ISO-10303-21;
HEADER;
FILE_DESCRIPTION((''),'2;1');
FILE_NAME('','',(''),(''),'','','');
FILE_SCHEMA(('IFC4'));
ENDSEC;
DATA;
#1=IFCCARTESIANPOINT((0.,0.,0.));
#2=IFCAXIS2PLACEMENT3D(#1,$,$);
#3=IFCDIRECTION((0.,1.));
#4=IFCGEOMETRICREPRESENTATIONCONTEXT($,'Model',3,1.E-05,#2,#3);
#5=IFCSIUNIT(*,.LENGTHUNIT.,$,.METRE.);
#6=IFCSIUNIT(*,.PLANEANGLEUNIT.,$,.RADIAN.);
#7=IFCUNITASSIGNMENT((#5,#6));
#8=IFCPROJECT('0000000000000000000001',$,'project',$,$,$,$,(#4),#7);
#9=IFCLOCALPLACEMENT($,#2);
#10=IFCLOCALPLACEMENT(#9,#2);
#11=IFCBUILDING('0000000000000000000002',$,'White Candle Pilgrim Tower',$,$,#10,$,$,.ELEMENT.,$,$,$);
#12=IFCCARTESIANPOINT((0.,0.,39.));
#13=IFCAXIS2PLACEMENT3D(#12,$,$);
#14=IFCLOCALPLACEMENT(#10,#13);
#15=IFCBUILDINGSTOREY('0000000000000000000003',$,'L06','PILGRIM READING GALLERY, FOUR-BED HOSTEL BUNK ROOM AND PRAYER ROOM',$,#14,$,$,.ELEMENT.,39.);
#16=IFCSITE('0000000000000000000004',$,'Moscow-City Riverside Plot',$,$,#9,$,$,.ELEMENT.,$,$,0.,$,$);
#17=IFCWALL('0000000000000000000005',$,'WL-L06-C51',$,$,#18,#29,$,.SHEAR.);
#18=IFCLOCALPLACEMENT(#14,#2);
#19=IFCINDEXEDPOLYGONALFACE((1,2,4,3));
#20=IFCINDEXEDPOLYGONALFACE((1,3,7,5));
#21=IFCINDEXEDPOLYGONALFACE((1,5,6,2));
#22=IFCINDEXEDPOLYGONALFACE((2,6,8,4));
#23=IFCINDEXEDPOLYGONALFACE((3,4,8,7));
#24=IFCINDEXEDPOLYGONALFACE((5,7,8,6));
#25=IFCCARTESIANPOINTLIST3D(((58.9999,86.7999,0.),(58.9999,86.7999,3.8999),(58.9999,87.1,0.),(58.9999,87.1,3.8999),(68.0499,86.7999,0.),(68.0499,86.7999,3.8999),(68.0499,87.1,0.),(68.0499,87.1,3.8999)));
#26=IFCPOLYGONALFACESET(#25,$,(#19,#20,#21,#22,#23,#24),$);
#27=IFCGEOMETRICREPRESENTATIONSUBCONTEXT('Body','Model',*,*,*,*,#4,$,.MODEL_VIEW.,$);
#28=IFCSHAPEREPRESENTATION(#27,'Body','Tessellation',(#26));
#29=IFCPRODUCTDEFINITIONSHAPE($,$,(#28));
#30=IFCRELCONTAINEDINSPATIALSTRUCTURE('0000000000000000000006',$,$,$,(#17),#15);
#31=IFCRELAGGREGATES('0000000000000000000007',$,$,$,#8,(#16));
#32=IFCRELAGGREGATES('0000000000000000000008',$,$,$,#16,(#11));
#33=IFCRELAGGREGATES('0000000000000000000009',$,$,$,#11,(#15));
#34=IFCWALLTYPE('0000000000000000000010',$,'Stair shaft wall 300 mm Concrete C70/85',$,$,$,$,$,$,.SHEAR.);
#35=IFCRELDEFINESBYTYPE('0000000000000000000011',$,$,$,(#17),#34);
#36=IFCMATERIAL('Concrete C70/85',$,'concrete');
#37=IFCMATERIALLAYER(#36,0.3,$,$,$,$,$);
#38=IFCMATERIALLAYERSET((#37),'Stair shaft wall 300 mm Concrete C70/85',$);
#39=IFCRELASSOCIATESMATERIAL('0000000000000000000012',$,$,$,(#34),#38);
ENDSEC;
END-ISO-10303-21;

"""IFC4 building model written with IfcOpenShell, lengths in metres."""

from ifc_helpers import new_model, si_unit, direction, frame, frame_2d, origin, place, context, subcontext, project, spatial, rectangle, extrude, material, layer, layer_set, type_object, element, save


model = new_model("IFC4")

# Units and contexts
model_context = context("Model", 3, precision=1e-05, world=origin(), true_north=direction((0.0, 1.0)))
body_context = subcontext(model_context, "Body", "Model", "MODEL_VIEW")
ifc_project = project(units=[si_unit("LENGTHUNIT", "METRE"), si_unit("PLANEANGLEUNIT", "RADIAN")], contexts=[model_context])

# Site, building, storey
site_placement = place(None, origin())
site = spatial("IfcSite", under=ifc_project, at=site_placement, Name="Moscow-City Riverside Plot", CompositionType="ELEMENT", RefElevation=0.0)
building_placement = place(site_placement, origin())
building = spatial("IfcBuilding", under=site, at=building_placement, Name="White Candle Pilgrim Tower", CompositionType="ELEMENT")
storey_placement = place(building_placement, frame((0.0, 0.0, 39.0)))
storey = spatial("IfcBuildingStorey", under=building, at=storey_placement, Name="L06", Description="PILGRIM READING GALLERY, FOUR-BED HOSTEL BUNK ROOM AND PRAYER ROOM", CompositionType="ELEMENT", Elevation=39.0)

# Wall
ifc_material_1 = material(Name="Concrete C70/85", Category="concrete")
ifc_layer_1 = layer(ifc_material_1, 0.3)
ifc_layer_set_1 = layer_set([ifc_layer_1], Name="Stair shaft wall 300 mm Concrete C70/85")
wall_type_1 = type_object("IfcWallType", Name="Stair shaft wall 300 mm Concrete C70/85", PredefinedType="SHEAR", material=ifc_layer_set_1)
wall_1_placement = place(storey_placement, frame((59.0, 86.95, 0.0), z_axis=(0.0, 0.0, 1.0), x_axis=(1.0, 0.0, 0.0)))
element("IfcWall", 1, at=wall_1_placement, inside=storey, type_object=wall_type_1, Name="WL-L06-C51", PredefinedType="SHEAR", context=body_context, shape_type="SweptSolid", body=[
    extrude(rectangle(XDim=9.05, YDim=0.3, at=frame_2d((4.5249, 0.0))), origin(), (0.0, 0.0, 1.0), 3.8999),
])

save(model, "model.ifc")
